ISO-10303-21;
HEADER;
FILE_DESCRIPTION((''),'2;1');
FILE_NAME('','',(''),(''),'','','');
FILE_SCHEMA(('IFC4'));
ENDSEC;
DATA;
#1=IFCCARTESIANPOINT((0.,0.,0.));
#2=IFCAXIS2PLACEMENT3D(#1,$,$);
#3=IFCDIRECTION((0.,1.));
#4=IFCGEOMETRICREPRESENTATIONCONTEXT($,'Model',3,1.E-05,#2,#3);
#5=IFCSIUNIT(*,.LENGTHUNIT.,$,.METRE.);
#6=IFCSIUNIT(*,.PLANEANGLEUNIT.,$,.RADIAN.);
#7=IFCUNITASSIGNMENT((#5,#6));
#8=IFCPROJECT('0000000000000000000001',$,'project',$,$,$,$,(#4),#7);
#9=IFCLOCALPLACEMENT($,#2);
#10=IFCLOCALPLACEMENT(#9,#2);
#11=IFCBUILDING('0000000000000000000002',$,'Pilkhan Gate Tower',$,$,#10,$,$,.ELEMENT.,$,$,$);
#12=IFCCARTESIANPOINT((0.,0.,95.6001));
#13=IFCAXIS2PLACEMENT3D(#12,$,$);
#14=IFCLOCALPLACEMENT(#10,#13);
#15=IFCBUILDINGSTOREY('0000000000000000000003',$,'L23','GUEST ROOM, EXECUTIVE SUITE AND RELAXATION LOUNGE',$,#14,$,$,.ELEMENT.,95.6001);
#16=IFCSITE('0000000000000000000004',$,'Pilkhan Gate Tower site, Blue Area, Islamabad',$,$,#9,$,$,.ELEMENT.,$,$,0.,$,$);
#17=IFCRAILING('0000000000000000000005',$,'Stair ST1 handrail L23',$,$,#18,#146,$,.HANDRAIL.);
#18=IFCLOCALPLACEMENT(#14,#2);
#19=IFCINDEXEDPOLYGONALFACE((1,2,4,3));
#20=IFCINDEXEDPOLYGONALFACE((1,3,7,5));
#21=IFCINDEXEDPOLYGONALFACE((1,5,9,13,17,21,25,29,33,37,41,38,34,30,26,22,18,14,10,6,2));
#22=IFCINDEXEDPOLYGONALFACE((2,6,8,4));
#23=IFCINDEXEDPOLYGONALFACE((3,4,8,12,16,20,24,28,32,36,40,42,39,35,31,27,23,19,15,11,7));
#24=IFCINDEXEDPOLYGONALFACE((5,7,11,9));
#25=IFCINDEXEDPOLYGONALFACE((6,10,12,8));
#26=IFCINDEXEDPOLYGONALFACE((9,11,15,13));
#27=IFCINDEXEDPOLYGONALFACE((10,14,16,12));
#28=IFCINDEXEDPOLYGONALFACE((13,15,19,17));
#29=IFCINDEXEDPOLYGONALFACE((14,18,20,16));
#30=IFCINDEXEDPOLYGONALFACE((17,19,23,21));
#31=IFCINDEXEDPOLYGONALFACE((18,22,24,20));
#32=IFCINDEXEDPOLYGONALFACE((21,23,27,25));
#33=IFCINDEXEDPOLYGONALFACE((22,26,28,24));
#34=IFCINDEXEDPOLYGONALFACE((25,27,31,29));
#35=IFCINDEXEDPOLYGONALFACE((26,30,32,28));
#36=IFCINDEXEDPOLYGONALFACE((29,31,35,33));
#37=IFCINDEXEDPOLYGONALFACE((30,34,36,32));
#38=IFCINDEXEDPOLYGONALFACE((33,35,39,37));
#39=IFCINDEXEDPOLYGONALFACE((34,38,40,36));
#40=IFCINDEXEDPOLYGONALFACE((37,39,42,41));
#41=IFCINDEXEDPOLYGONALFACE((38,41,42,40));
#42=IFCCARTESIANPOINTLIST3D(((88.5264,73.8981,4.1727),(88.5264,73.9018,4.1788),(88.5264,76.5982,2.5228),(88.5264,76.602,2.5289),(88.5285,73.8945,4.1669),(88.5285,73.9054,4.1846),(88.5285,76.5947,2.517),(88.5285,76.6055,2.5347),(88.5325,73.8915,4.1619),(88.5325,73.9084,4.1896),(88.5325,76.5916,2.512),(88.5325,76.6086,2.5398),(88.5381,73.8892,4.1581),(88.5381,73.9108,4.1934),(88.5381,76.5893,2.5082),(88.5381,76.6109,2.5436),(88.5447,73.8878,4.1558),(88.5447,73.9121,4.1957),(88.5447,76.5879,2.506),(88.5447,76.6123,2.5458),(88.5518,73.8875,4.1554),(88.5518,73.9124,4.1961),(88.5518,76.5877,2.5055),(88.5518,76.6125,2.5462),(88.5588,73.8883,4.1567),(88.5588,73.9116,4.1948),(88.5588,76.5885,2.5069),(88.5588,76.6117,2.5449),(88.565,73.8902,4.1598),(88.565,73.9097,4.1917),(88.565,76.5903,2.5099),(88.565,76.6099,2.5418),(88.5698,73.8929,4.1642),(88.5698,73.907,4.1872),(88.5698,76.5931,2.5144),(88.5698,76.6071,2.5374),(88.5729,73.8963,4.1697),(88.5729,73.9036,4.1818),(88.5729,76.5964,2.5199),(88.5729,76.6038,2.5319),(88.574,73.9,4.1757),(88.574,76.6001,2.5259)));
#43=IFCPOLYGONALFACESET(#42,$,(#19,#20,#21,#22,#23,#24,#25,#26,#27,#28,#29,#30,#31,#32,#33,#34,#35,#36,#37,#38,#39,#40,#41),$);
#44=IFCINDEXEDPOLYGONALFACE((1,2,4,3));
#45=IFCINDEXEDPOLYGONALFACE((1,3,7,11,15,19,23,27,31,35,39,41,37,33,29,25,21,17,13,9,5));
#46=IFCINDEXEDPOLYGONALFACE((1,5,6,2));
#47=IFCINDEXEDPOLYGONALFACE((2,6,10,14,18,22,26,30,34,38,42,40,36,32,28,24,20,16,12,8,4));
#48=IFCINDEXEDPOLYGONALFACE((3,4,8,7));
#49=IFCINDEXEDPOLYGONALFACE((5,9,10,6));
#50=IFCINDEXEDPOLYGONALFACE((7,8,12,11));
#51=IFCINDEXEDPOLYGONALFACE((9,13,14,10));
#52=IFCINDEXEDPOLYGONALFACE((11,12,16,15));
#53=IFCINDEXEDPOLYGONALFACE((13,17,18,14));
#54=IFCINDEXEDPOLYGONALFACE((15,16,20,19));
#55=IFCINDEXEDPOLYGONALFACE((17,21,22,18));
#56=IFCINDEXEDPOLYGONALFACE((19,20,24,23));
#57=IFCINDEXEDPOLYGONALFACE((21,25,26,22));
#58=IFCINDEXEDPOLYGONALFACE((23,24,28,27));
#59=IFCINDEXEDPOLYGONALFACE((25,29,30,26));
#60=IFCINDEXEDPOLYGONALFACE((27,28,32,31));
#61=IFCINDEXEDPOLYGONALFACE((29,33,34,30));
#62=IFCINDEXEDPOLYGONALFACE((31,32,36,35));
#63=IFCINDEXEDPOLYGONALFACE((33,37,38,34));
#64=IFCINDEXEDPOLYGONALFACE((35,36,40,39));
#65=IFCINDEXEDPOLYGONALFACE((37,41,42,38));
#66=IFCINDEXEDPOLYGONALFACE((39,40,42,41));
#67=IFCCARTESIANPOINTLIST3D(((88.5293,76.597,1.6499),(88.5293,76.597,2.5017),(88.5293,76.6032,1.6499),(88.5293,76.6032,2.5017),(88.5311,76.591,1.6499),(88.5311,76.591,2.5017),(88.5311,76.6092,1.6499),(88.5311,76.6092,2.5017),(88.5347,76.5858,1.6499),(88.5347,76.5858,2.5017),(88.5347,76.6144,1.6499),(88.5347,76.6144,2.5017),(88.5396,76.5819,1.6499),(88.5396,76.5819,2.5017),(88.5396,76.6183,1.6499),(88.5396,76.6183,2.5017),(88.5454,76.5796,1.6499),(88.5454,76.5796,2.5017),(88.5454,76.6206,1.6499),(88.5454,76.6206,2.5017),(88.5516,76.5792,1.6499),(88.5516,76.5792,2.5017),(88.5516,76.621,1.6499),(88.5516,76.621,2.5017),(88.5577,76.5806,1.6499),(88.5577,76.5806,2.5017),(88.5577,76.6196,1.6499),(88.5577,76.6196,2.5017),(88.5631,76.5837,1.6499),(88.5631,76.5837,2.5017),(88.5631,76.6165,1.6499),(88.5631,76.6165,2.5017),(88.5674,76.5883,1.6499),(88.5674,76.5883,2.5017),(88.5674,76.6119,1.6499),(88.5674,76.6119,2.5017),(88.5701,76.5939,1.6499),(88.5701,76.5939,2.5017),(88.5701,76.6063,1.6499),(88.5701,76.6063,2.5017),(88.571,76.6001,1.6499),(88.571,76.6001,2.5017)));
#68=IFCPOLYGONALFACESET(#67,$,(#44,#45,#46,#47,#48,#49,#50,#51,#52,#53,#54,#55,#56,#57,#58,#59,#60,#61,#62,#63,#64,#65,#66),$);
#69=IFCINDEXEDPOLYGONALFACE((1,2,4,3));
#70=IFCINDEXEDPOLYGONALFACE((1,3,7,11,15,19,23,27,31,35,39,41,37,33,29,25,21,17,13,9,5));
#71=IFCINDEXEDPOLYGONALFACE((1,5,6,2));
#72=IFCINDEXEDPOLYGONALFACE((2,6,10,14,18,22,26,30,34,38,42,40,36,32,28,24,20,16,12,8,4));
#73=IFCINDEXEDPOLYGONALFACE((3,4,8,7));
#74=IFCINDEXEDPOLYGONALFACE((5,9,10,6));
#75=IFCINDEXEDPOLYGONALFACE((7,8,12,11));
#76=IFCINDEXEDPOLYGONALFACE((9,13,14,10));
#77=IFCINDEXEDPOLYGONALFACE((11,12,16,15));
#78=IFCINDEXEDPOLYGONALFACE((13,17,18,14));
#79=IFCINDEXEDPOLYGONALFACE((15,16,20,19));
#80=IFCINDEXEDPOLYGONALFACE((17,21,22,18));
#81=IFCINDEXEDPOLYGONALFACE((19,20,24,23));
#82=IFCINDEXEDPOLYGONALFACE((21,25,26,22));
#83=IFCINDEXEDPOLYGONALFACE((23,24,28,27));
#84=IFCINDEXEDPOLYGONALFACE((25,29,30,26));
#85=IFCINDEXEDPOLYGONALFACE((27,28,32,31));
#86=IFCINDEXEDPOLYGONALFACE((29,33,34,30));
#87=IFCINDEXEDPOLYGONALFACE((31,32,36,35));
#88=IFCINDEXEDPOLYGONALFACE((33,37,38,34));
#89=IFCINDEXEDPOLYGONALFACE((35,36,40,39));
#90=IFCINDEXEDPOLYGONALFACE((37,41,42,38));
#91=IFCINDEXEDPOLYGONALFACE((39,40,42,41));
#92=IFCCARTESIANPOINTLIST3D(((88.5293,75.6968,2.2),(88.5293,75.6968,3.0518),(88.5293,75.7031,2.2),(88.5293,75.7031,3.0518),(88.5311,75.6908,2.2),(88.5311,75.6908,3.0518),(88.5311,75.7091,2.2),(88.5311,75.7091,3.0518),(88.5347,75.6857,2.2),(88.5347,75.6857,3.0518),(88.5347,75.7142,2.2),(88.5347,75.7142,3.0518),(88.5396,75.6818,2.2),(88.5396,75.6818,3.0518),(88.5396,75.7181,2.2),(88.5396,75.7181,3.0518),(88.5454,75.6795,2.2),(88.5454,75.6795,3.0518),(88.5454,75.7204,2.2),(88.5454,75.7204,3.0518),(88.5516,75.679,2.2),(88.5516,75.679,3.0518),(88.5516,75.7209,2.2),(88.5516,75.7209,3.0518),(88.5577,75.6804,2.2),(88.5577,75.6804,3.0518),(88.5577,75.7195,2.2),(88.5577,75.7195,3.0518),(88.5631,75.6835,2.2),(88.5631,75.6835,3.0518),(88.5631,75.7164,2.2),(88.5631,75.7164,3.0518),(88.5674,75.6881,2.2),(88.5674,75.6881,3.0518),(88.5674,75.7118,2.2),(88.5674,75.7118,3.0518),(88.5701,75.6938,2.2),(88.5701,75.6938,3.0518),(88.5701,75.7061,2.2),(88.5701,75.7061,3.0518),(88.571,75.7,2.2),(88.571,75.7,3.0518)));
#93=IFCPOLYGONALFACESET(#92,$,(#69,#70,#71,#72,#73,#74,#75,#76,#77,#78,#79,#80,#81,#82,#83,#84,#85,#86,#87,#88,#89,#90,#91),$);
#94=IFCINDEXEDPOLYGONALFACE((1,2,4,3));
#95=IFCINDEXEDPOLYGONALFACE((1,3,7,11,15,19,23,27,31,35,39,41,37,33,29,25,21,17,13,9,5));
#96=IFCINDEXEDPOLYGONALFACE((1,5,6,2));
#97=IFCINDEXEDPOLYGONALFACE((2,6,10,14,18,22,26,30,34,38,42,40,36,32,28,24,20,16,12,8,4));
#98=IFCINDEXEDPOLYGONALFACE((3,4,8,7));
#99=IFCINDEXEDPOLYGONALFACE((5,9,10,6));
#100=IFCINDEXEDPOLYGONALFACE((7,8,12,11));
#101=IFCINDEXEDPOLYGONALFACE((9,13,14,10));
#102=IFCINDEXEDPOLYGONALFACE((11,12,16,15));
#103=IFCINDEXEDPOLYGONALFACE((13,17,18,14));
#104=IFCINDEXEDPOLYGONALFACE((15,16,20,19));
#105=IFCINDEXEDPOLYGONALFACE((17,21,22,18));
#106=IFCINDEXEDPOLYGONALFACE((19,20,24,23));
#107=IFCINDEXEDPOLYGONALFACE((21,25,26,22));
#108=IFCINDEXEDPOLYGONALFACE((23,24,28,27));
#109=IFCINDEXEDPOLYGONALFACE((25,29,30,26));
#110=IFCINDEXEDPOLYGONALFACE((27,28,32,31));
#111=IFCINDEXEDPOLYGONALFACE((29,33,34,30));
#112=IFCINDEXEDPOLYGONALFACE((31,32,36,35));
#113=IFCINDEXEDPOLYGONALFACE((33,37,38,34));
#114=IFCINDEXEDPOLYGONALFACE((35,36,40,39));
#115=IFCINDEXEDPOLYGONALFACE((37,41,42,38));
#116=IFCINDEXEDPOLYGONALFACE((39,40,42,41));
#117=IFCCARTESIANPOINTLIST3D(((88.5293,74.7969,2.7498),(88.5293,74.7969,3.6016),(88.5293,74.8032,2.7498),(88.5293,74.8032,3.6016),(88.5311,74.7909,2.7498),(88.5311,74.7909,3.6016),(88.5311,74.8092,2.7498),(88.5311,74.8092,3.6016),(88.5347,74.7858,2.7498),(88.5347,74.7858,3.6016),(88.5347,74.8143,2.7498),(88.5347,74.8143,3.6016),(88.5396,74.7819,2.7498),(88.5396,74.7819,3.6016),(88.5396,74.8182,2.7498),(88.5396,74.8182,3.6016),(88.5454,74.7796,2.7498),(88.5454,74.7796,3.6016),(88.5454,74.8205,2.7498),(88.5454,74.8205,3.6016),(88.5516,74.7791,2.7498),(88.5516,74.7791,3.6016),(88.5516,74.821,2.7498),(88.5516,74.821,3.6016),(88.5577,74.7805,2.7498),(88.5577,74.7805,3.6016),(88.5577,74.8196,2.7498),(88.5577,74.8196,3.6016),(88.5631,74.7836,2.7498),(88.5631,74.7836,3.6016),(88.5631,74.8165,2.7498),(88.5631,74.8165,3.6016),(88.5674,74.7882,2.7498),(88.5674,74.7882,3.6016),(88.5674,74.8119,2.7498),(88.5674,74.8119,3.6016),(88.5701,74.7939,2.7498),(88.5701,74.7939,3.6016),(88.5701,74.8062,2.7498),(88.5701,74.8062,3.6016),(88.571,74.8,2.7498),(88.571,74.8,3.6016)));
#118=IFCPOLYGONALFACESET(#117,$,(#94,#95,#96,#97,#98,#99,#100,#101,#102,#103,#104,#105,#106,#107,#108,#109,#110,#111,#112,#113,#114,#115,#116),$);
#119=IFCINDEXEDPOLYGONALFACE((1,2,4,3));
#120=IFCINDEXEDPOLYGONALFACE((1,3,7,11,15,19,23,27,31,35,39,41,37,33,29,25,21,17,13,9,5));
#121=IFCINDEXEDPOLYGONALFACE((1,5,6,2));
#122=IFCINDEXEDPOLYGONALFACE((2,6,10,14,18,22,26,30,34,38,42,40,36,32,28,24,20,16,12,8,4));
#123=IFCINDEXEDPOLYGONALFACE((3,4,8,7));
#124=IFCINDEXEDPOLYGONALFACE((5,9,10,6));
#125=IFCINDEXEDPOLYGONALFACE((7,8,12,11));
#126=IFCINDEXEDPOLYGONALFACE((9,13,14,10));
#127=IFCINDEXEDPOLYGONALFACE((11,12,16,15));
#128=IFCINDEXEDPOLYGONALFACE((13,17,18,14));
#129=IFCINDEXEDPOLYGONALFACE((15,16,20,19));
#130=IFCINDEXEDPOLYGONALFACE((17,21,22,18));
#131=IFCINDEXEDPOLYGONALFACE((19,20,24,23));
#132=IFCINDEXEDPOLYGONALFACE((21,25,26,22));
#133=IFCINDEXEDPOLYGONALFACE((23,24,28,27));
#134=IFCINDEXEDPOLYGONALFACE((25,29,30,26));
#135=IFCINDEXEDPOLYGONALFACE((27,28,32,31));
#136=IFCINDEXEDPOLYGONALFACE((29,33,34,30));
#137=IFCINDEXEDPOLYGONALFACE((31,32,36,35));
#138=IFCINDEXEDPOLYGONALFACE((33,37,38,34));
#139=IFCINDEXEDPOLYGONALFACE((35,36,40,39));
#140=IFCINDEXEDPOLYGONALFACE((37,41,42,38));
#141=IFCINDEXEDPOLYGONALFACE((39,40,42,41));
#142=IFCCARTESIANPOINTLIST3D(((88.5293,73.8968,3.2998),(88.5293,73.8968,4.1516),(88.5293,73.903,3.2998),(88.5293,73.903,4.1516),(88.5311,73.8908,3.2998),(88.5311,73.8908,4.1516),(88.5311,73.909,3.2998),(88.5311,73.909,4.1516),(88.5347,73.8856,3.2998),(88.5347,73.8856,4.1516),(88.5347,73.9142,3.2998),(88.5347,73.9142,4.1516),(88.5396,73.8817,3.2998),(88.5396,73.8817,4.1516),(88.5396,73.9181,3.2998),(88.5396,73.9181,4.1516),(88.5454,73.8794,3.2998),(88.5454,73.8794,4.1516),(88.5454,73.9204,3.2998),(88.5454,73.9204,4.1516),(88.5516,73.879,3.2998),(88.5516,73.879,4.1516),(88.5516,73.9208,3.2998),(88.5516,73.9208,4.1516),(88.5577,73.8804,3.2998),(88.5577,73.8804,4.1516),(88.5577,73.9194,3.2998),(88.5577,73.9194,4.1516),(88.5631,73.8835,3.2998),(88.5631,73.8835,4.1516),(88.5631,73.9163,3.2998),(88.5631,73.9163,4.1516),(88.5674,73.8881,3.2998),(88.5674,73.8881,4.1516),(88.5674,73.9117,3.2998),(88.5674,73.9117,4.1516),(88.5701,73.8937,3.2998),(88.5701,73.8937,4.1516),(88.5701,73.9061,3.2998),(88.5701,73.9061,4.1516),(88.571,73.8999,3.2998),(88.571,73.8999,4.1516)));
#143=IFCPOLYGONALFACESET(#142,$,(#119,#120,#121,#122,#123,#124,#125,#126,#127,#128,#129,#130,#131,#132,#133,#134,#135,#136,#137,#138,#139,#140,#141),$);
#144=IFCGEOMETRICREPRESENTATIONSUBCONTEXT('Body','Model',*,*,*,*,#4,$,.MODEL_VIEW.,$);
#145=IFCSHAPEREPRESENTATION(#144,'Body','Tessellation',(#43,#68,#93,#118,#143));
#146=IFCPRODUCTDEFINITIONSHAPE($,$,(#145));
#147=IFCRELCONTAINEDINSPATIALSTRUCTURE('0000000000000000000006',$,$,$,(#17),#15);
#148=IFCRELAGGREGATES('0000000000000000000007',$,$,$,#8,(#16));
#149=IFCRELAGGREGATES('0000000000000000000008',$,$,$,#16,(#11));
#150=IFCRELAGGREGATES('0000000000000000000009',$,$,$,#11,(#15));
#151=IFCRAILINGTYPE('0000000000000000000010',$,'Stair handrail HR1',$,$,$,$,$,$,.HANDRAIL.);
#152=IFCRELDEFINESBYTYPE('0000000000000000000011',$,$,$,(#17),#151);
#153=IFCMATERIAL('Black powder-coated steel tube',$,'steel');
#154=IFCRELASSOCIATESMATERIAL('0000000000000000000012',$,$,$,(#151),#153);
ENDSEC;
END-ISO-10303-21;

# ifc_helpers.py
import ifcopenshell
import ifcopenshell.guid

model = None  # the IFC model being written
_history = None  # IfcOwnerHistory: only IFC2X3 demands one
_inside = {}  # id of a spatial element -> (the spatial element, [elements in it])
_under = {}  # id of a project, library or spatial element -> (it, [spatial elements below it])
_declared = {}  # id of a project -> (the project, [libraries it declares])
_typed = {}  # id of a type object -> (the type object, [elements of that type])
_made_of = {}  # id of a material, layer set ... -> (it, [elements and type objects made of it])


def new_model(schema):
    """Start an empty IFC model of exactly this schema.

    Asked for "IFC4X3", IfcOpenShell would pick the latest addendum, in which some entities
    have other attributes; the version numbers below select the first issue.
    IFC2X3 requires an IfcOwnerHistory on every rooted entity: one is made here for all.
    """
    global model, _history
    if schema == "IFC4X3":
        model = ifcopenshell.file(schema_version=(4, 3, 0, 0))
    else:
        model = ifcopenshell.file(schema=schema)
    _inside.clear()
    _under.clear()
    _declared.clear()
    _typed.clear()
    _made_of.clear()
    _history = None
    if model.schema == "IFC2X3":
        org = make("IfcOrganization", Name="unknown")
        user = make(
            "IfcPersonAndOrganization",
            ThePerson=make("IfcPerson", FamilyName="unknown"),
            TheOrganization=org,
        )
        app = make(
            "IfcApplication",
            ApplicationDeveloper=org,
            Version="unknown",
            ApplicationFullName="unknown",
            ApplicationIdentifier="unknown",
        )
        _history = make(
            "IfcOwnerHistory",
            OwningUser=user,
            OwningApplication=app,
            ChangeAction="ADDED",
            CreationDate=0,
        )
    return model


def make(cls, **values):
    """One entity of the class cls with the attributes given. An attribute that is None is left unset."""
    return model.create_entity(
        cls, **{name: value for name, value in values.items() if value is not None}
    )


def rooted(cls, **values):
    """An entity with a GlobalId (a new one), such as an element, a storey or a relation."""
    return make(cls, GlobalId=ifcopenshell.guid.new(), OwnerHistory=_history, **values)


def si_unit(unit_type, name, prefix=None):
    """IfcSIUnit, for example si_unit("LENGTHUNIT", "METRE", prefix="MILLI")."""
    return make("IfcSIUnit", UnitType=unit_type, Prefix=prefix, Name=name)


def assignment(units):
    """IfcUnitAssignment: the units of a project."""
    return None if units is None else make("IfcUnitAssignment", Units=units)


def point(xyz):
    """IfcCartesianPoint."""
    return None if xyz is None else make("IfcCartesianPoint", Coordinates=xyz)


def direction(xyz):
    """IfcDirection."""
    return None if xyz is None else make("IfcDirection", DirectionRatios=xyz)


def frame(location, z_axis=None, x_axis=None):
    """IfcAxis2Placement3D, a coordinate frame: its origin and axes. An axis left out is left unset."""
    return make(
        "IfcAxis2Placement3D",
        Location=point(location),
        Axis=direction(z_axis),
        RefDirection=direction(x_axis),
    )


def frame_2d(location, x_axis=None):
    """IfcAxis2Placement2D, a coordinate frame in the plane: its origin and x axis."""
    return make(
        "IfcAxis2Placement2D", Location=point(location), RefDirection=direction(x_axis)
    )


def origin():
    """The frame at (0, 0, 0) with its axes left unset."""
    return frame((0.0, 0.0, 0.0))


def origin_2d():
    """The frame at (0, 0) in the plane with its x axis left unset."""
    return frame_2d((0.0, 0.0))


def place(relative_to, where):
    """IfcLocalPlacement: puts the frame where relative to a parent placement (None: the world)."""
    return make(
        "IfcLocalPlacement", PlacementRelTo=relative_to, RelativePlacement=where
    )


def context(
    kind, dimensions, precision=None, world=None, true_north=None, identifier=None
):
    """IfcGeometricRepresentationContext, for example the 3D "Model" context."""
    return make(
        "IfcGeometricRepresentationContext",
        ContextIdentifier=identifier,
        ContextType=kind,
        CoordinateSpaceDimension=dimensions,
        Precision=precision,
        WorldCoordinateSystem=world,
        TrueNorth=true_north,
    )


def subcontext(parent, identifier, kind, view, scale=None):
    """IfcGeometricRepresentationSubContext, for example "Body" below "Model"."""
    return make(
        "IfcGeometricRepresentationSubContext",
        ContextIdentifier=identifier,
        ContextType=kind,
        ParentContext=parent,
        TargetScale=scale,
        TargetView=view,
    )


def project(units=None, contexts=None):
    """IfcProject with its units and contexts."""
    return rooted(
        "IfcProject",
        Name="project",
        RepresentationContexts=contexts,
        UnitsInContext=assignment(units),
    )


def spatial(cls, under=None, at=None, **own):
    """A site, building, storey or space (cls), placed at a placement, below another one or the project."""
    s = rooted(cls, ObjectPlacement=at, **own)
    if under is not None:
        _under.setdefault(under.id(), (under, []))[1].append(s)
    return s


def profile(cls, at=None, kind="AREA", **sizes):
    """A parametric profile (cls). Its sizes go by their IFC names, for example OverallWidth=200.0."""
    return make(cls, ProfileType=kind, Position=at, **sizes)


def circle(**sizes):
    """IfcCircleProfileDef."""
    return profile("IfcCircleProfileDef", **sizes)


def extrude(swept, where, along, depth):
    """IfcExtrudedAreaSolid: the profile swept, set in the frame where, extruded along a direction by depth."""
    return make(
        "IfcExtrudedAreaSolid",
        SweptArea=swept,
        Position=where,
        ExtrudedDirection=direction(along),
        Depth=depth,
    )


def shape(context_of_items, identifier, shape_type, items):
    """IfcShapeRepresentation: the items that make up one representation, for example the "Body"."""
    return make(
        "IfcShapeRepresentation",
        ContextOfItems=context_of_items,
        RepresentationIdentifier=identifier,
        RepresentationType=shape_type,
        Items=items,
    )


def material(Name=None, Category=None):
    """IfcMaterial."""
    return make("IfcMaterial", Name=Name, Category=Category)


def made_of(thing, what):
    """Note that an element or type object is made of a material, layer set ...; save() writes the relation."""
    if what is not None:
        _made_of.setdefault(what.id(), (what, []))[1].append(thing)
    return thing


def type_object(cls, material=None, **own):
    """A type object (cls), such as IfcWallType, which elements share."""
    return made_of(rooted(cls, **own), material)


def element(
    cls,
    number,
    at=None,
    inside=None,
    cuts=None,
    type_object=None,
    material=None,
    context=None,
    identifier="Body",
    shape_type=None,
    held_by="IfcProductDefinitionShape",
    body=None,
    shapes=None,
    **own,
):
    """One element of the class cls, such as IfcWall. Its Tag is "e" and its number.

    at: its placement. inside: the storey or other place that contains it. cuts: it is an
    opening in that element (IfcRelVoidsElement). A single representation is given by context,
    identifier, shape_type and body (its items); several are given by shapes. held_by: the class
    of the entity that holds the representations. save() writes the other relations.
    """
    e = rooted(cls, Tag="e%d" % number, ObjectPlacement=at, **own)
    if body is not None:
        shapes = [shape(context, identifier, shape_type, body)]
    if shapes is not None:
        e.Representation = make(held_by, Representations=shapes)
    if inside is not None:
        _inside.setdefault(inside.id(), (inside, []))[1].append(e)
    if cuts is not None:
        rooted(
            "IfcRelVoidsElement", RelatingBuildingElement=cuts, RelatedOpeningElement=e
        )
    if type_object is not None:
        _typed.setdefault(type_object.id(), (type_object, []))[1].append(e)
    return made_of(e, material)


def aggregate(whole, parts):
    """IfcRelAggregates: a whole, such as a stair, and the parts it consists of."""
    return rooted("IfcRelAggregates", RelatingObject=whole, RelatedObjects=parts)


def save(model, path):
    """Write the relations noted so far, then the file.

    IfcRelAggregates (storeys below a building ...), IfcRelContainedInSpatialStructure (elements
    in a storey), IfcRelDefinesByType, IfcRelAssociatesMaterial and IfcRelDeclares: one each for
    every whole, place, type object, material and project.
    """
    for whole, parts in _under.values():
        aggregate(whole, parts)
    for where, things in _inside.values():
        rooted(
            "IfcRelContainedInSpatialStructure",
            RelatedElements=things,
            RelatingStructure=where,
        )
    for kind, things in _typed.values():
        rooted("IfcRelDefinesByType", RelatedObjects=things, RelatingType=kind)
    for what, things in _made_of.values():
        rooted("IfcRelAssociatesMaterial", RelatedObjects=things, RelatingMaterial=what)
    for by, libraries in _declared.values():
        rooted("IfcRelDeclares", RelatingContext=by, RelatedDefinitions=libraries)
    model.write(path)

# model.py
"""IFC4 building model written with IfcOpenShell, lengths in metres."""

from ifc_helpers import new_model, si_unit, direction, frame, origin, origin_2d, place, context, subcontext, project, spatial, circle, extrude, material, type_object, element, save


model = new_model("IFC4")

# Units and contexts
model_context = context("Model", 3, precision=1e-05, world=origin(), true_north=direction((0.0, 1.0)))
body_context = subcontext(model_context, "Body", "Model", "MODEL_VIEW")
ifc_project = project(units=[si_unit("LENGTHUNIT", "METRE"), si_unit("PLANEANGLEUNIT", "RADIAN")], contexts=[model_context])

# Site, building, storey
site_placement = place(None, origin())
site = spatial("IfcSite", under=ifc_project, at=site_placement, Name="Pilkhan Gate Tower site, Blue Area, Islamabad", CompositionType="ELEMENT", RefElevation=0.0)
building_placement = place(site_placement, origin())
building = spatial("IfcBuilding", under=site, at=building_placement, Name="Pilkhan Gate Tower", CompositionType="ELEMENT")
storey_placement = place(building_placement, frame((0.0, 0.0, 95.6001)))
storey = spatial("IfcBuildingStorey", under=building, at=storey_placement, Name="L23", Description="GUEST ROOM, EXECUTIVE SUITE AND RELAXATION LOUNGE", CompositionType="ELEMENT", Elevation=95.6001)

# Railing
ifc_material_1 = material(Name="Black powder-coated steel tube", Category="steel")
railing_type_1 = type_object("IfcRailingType", Name="Stair handrail HR1", PredefinedType="HANDRAIL", material=ifc_material_1)
railing_1_placement = place(storey_placement, frame((88.55, 76.6001, 1.6499)))
element("IfcRailing", 1, at=railing_1_placement, inside=storey, type_object=railing_type_1, Name="Stair ST1 handrail L23", PredefinedType="HANDRAIL", context=body_context, shape_type="SweptSolid", body=[
    extrude(circle(Radius=0.0239, at=origin_2d()), frame((0.0, 0.0, 0.876), z_axis=(0.0, -0.853312, 0.5214), x_axis=(1.0, 0.0, 0.0)), (0.0, 0.0, 1.0), 3.1643),
    extrude(circle(Radius=0.021, at=origin_2d()), origin(), (0.0, 0.0, 1.0), 0.8518),
    extrude(circle(Radius=0.021, at=origin_2d()), frame((0.0, -0.9001, 0.55)), (0.0, 0.0, 1.0), 0.8518),
    extrude(circle(Radius=0.021, at=origin_2d()), frame((0.0, -1.8, 1.0999)), (0.0, 0.0, 1.0), 0.8518),
    extrude(circle(Radius=0.021, at=origin_2d()), frame((0.0, -2.7002, 1.6499)), (0.0, 0.0, 1.0), 0.8518),
])

save(model, "model.ifc")
